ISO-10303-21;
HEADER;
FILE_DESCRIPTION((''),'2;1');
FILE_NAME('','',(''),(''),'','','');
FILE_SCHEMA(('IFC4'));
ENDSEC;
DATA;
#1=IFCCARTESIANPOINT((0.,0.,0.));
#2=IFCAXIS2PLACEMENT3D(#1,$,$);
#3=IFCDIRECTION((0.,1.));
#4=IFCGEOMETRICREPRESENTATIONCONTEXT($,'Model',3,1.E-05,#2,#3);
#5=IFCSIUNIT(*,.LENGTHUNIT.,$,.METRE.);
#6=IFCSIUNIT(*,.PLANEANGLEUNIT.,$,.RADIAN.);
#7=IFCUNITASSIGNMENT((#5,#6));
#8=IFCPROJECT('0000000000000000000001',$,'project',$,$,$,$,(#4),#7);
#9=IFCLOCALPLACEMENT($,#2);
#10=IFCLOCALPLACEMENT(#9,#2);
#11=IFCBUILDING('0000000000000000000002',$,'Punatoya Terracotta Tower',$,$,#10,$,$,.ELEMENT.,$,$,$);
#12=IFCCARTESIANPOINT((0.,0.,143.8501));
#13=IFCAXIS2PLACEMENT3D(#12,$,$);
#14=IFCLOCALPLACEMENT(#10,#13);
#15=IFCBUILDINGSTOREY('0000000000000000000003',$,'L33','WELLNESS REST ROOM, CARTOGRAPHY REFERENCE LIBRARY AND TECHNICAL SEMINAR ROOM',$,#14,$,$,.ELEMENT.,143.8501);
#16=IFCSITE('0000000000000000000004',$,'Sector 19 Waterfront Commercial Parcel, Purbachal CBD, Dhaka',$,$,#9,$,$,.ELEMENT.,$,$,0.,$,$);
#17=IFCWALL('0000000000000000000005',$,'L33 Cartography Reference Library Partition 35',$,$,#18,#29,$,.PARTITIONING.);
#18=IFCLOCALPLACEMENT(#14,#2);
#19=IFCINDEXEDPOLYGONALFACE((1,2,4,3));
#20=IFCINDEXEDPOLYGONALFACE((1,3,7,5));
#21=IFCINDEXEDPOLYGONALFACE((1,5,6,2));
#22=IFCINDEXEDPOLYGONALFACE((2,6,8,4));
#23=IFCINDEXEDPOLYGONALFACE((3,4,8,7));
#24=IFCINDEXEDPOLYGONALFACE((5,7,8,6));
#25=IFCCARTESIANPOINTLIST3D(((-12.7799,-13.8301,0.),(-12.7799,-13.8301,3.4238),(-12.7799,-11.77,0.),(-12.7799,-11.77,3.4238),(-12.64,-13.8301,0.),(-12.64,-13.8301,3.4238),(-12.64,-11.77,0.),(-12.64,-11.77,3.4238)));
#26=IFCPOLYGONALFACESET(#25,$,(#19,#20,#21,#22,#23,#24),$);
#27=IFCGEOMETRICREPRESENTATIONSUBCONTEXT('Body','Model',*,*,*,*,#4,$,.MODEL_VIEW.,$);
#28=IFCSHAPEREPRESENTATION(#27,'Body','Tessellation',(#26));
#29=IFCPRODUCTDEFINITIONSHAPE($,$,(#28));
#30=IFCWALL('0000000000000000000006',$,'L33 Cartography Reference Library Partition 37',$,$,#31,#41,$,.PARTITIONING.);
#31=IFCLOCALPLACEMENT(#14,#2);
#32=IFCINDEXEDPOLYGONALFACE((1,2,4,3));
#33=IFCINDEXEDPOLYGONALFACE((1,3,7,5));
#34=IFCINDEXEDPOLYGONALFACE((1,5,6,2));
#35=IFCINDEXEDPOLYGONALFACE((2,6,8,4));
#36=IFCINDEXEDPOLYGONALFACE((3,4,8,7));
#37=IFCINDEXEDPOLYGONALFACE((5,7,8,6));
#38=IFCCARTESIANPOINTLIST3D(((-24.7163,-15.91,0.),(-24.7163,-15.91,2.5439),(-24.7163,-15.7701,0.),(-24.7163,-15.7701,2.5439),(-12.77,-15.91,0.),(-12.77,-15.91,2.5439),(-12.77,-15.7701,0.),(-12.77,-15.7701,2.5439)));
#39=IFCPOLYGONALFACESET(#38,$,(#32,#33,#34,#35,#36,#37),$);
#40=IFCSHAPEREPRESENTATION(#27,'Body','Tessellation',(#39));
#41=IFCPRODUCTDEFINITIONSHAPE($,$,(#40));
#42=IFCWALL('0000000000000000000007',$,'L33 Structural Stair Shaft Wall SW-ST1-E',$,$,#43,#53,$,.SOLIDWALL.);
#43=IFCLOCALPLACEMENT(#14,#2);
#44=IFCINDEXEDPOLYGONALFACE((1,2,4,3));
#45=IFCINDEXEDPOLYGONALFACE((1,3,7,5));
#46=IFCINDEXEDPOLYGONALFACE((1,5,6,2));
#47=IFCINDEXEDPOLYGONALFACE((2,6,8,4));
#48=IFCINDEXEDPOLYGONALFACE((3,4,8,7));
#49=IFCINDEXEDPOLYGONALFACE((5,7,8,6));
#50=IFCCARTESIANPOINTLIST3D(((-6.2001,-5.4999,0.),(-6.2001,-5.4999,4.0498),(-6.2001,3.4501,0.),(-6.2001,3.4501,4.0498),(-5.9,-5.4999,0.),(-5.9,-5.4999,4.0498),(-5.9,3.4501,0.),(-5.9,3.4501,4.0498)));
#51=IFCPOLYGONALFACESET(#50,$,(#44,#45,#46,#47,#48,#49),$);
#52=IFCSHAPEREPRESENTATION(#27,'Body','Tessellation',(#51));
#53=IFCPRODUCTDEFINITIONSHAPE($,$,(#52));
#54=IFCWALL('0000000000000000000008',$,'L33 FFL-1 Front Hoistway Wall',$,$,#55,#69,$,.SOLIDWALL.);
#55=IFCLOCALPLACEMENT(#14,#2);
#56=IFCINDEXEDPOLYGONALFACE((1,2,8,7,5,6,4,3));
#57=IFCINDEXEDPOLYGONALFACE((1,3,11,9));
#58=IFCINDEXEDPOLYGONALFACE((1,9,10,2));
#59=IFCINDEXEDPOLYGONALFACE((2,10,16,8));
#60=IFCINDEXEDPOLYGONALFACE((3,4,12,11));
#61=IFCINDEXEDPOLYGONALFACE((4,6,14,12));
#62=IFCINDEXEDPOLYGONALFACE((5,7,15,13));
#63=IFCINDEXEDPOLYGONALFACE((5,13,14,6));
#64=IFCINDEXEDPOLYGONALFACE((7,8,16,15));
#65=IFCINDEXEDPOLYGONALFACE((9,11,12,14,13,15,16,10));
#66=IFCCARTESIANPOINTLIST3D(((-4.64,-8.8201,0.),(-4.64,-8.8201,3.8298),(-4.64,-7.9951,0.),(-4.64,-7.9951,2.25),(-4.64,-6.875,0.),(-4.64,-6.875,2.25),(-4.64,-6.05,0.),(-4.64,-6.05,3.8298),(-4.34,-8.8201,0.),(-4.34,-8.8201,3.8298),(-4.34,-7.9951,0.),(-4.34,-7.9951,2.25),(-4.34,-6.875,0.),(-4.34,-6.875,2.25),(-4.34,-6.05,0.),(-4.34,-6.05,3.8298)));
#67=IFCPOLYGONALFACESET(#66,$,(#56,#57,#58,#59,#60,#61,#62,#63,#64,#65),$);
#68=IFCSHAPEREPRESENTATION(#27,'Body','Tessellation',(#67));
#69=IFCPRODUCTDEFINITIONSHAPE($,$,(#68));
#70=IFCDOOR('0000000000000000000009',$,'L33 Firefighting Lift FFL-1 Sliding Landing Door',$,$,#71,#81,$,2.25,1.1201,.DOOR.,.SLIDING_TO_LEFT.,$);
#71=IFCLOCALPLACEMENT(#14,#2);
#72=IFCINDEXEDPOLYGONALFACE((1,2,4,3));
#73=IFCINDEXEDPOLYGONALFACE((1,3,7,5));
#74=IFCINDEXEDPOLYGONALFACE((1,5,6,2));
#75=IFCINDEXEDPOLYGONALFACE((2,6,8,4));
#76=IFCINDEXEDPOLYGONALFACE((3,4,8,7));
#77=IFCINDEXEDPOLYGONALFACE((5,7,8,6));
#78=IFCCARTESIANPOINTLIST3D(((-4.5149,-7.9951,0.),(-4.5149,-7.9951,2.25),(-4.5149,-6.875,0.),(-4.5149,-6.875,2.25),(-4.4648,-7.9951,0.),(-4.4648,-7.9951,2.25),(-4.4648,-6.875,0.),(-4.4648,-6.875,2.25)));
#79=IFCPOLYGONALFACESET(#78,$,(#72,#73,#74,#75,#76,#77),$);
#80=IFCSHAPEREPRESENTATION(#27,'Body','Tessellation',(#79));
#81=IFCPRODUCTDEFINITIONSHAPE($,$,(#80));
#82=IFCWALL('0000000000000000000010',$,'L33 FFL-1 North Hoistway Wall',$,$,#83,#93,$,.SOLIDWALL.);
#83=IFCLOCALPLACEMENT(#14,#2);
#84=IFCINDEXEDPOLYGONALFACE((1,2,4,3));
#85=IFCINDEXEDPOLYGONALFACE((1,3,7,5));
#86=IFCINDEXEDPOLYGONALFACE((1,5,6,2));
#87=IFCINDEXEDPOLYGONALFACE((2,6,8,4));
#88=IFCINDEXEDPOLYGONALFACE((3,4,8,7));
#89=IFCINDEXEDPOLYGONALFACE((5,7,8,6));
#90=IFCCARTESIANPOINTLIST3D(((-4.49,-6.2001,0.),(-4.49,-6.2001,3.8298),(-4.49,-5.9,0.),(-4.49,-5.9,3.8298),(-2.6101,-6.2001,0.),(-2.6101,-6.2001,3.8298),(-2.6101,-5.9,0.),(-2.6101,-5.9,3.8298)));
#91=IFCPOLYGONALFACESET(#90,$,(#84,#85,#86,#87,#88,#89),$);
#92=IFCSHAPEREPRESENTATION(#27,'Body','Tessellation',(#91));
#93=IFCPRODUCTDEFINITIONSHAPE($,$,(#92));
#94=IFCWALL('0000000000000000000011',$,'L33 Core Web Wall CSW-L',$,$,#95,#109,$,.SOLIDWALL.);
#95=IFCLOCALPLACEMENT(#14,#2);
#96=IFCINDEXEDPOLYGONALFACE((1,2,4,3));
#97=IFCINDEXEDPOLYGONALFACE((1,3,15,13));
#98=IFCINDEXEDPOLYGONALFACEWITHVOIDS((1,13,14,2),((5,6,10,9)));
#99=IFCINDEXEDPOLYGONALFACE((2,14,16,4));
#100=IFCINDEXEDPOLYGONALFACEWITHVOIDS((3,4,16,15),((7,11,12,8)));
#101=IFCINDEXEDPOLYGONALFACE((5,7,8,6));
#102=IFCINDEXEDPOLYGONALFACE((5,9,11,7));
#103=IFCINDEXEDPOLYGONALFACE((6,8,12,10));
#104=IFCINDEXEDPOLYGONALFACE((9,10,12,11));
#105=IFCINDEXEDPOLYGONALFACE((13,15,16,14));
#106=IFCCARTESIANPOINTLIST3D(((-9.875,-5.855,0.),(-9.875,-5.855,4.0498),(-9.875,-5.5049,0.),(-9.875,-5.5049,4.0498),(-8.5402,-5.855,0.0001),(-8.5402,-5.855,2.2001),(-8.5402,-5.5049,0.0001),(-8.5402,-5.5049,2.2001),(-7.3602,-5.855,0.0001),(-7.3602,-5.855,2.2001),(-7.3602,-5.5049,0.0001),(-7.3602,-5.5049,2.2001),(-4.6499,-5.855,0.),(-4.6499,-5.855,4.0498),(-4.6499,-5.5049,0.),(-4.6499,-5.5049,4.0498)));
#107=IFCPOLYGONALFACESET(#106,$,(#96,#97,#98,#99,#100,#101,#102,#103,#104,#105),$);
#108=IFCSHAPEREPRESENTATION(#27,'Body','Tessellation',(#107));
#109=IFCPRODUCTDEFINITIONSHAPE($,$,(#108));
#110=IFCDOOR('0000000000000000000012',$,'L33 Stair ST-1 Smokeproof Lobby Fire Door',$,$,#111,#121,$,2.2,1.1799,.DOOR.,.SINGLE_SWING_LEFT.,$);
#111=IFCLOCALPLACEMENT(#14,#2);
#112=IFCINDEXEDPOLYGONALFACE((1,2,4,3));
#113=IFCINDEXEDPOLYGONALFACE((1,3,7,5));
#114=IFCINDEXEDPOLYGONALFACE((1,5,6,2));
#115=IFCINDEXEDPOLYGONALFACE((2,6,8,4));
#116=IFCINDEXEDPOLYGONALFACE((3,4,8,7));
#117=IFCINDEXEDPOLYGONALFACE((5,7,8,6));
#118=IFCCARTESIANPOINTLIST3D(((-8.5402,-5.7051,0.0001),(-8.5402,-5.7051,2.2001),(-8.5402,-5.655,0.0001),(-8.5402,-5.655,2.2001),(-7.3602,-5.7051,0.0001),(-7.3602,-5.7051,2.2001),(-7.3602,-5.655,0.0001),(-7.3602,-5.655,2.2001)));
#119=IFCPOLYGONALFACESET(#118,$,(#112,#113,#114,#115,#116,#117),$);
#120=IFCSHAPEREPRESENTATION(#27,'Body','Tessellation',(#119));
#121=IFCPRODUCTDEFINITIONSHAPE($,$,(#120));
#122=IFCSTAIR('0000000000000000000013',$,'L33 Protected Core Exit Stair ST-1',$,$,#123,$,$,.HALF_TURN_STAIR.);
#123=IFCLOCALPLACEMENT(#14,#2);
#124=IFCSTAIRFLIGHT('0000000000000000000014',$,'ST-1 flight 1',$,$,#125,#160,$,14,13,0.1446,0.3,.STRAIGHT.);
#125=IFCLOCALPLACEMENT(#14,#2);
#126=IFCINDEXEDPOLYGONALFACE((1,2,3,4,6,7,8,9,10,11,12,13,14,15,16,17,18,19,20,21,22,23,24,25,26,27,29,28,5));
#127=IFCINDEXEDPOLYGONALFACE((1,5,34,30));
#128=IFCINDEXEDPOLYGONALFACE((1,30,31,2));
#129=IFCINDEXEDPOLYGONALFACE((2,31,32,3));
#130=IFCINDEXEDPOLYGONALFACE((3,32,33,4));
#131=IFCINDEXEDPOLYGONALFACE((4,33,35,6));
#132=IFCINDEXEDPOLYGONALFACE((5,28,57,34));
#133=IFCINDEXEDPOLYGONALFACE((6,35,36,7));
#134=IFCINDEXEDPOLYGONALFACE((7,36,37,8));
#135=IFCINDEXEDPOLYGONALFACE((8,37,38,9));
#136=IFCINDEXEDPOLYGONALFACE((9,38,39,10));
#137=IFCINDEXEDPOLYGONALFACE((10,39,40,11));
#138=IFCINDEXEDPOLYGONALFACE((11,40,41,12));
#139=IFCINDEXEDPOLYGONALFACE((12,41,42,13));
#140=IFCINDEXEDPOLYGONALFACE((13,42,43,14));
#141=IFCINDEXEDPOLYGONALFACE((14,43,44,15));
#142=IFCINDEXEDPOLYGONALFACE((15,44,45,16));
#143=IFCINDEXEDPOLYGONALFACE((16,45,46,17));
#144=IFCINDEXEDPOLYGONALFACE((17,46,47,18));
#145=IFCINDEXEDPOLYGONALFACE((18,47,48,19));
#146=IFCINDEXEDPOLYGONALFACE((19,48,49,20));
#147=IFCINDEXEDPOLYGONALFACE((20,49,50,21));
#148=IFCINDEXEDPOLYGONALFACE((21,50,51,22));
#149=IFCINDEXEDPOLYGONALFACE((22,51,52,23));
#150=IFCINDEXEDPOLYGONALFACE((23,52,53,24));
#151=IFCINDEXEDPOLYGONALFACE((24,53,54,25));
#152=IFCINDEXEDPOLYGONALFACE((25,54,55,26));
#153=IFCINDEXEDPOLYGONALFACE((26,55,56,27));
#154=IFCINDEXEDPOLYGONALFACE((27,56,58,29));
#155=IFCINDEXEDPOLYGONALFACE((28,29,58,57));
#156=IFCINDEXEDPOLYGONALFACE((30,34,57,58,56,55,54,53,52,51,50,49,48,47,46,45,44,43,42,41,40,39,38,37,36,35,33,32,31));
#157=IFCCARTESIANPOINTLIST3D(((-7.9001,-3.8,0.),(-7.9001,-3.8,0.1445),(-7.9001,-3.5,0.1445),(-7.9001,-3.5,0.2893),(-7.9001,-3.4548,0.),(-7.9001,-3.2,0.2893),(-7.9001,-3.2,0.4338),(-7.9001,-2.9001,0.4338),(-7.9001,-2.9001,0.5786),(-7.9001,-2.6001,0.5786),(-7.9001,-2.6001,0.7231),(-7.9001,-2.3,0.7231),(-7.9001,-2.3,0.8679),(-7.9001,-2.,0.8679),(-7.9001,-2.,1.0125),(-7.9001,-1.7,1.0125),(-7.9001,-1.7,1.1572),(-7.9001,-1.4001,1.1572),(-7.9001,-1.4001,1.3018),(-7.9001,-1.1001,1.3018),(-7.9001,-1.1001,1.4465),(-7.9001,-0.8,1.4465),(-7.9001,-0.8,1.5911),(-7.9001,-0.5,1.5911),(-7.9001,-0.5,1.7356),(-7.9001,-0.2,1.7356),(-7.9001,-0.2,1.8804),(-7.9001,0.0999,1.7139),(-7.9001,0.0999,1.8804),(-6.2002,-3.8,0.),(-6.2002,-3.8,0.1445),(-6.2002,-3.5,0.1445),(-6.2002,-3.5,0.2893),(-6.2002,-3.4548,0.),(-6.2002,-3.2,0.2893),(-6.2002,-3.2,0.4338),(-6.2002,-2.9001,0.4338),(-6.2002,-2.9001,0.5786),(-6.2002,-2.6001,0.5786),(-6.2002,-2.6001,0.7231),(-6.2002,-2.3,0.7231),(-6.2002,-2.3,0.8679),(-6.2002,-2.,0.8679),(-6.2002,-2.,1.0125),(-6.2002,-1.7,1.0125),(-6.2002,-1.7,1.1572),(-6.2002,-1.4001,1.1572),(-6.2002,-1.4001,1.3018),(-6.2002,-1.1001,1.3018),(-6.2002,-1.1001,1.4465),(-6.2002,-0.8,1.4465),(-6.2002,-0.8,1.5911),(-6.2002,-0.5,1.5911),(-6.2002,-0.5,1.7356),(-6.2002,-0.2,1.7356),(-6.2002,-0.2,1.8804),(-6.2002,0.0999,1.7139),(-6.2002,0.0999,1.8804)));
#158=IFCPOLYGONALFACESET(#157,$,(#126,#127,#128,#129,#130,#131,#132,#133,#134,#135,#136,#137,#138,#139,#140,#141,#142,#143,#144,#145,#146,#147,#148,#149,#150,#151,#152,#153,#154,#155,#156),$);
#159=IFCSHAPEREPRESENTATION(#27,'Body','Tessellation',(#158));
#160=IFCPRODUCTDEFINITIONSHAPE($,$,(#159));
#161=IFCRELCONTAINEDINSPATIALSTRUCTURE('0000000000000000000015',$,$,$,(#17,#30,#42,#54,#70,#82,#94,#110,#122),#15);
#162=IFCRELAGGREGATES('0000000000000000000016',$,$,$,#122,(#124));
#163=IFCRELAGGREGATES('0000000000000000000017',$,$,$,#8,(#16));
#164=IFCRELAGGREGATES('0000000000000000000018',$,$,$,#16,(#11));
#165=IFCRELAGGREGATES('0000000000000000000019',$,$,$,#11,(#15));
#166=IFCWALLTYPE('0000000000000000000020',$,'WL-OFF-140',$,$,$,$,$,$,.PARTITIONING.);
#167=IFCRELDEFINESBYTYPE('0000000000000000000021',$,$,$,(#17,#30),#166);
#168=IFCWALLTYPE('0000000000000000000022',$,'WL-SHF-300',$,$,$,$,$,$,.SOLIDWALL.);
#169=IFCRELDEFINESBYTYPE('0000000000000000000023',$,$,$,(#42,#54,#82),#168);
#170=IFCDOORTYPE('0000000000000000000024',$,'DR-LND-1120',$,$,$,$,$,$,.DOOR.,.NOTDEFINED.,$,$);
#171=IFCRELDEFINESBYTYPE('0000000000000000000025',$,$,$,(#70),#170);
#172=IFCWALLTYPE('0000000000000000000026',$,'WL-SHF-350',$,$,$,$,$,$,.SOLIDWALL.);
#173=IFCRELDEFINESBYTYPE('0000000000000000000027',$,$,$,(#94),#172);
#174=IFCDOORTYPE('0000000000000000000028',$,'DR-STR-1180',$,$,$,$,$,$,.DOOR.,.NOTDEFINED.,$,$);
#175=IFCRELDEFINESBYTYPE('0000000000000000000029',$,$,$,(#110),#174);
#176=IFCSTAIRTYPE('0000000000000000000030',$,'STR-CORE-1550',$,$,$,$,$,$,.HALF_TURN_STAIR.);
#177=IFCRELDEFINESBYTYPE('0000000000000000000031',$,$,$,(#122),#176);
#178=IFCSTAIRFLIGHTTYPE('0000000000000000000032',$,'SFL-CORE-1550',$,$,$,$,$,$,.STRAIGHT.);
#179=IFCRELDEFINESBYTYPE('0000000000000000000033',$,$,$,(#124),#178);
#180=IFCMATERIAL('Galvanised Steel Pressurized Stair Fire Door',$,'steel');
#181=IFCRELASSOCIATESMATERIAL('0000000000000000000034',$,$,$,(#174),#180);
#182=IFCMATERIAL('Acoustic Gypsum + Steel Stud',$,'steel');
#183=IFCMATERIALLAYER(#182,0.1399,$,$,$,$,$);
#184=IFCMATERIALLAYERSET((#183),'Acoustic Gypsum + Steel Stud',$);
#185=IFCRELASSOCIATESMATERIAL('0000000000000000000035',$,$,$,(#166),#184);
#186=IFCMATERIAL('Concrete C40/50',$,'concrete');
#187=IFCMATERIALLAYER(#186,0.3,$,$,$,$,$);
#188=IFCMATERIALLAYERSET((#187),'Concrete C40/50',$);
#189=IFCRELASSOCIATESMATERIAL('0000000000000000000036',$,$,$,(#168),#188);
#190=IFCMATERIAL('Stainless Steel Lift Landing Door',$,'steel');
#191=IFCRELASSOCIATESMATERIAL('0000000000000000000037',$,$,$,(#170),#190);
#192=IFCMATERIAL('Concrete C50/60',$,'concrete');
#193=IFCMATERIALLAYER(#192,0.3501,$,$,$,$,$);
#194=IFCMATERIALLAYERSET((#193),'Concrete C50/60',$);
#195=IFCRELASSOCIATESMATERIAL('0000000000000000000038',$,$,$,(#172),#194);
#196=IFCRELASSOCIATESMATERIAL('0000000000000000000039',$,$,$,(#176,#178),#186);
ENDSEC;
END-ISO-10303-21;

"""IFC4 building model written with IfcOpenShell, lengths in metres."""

from ifc_helpers import new_model, si_unit, direction, frame, frame_2d, origin, place, context, subcontext, project, spatial, polyline, rectangle, outline, extrude, material, layer, layer_set, type_object, element, fill, aggregate, save


model = new_model("IFC4")

# Units and contexts
model_context = context("Model", 3, precision=1e-05, world=origin(), true_north=direction((0.0, 1.0)))
body_context = subcontext(model_context, "Body", "Model", "MODEL_VIEW")
ifc_project = project(units=[si_unit("LENGTHUNIT", "METRE"), si_unit("PLANEANGLEUNIT", "RADIAN")], contexts=[model_context])

# Site, building, storey
site_placement = place(None, origin())
site = spatial("IfcSite", under=ifc_project, at=site_placement, Name="Sector 19 Waterfront Commercial Parcel, Purbachal CBD, Dhaka", CompositionType="ELEMENT", RefElevation=0.0)
building_placement = place(site_placement, origin())
building = spatial("IfcBuilding", under=site, at=building_placement, Name="Punatoya Terracotta Tower", CompositionType="ELEMENT")
storey_placement = place(building_placement, frame((0.0, 0.0, 143.8501)))
storey = spatial("IfcBuildingStorey", under=building, at=storey_placement, Name="L33", Description="WELLNESS REST ROOM, CARTOGRAPHY REFERENCE LIBRARY AND TECHNICAL SEMINAR ROOM", CompositionType="ELEMENT", Elevation=143.8501)

# Shared definitions
ifc_material_1 = material(Name="Galvanised Steel Pressurized Stair Fire Door", Category="steel")
door_type_1 = type_object("IfcDoorType", Name="DR-STR-1180", OperationType="NOTDEFINED", PredefinedType="DOOR", material=ifc_material_1)

# Walls
ifc_material_2 = material(Name="Concrete C40/50", Category="concrete")
ifc_material_3 = material(Name="Acoustic Gypsum + Steel Stud", Category="steel")
ifc_layer_1 = layer(ifc_material_3, 0.1399)
ifc_layer_set_1 = layer_set([ifc_layer_1], Name="Acoustic Gypsum + Steel Stud")
wall_type_1 = type_object("IfcWallType", Name="WL-OFF-140", PredefinedType="PARTITIONING", material=ifc_layer_set_1)
wall_1_placement = place(storey_placement, frame((-12.71, -11.77, 0.0), z_axis=(0.0, 0.0, 1.0), x_axis=(0.0, -1.0, 0.0)))
element("IfcWall", 1, at=wall_1_placement, inside=storey, type_object=wall_type_1, Name="L33 Cartography Reference Library Partition 35", PredefinedType="PARTITIONING", context=body_context, shape_type="SweptSolid", body=[
    extrude(rectangle(XDim=2.0601, YDim=0.1399, at=frame_2d((1.03, 0.0))), origin(), (0.0, 0.0, 1.0), 3.4238),
])
wall_2_placement = place(storey_placement, frame((-12.77, -15.8401, 0.0), z_axis=(0.0, 0.0, 1.0), x_axis=(-1.0, 0.0, 0.0)))
element("IfcWall", 2, at=wall_2_placement, inside=storey, type_object=wall_type_1, Name="L33 Cartography Reference Library Partition 37", PredefinedType="PARTITIONING", context=body_context, shape_type="SweptSolid", body=[
    extrude(rectangle(XDim=11.9463, YDim=0.1399, at=frame_2d((5.9731, 0.0))), origin(), (0.0, 0.0, 1.0), 2.5439),
])
ifc_layer_2 = layer(ifc_material_2, 0.3)
ifc_layer_set_2 = layer_set([ifc_layer_2], Name="Concrete C40/50")
wall_type_2 = type_object("IfcWallType", Name="WL-SHF-300", PredefinedType="SOLIDWALL", material=ifc_layer_set_2)
wall_3_placement = place(storey_placement, frame((-6.05, -5.5, 0.0), z_axis=(0.0, 0.0, 1.0), x_axis=(0.0, 1.0, 0.0)))
element("IfcWall", 3, at=wall_3_placement, inside=storey, type_object=wall_type_2, Name="L33 Structural Stair Shaft Wall SW-ST1-E", PredefinedType="SOLIDWALL", context=body_context, shape_type="SweptSolid", body=[
    extrude(rectangle(XDim=8.95, YDim=0.3, at=frame_2d((4.4751, 0.0))), origin(), (0.0, 0.0, 1.0), 4.0498),
])

# Wall, opening, door
wall_4_placement = place(storey_placement, frame((-4.49, -8.8201, 0.0), z_axis=(0.0, 0.0, 1.0), x_axis=(0.0, 1.0, 0.0)))
wall_4 = element("IfcWall", 4, at=wall_4_placement, inside=storey, type_object=wall_type_2, Name="L33 FFL-1 Front Hoistway Wall", PredefinedType="SOLIDWALL", context=body_context, shape_type="SweptSolid", body=[
    extrude(rectangle(XDim=2.77, YDim=0.3, at=frame_2d((1.385, 0.0))), origin(), (0.0, 0.0, 1.0), 3.8298),
])
opening_1_placement = place(wall_4_placement, frame((0.825, 0.0, 0.0)))
opening_1 = element("IfcOpeningElement", 5, at=opening_1_placement, cuts=wall_4, PredefinedType="OPENING", context=body_context, shape_type="SweptSolid", body=[
    extrude(rectangle(XDim=1.1201, YDim=2.25, at=frame_2d((0.5601, 1.125))), frame((0.0, 0.1599, 0.0), z_axis=(0.0, -1.0, 0.0), x_axis=(1.0, 0.0, 0.0)), (0.0, 0.0, 1.0), 0.3201),
])
ifc_material_4 = material(Name="Stainless Steel Lift Landing Door", Category="steel")
door_type_2 = type_object("IfcDoorType", Name="DR-LND-1120", OperationType="NOTDEFINED", PredefinedType="DOOR", material=ifc_material_4)
door_1_placement = place(opening_1_placement, origin())
door_1 = element("IfcDoor", 6, at=door_1_placement, inside=storey, type_object=door_type_2, Name="L33 Firefighting Lift FFL-1 Sliding Landing Door", OperationType="SLIDING_TO_LEFT", OverallHeight=2.25, OverallWidth=1.1201, PredefinedType="DOOR", context=body_context, shape_type="SweptSolid", body=[
    extrude(rectangle(XDim=1.1201, YDim=2.25, at=frame_2d((0.5601, 1.125))), frame((0.0, 0.0249, 0.0), z_axis=(0.0, -1.0, 0.0), x_axis=(1.0, 0.0, 0.0)), (0.0, 0.0, 1.0), 0.05),
])
fill(opening_1, door_1)

# Wall
wall_5_placement = place(storey_placement, frame((-4.49, -6.05, 0.0), z_axis=(0.0, 0.0, 1.0), x_axis=(1.0, 0.0, 0.0)))
element("IfcWall", 7, at=wall_5_placement, inside=storey, type_object=wall_type_2, Name="L33 FFL-1 North Hoistway Wall", PredefinedType="SOLIDWALL", context=body_context, shape_type="SweptSolid", body=[
    extrude(rectangle(XDim=1.8799, YDim=0.3, at=frame_2d((0.9399, 0.0))), origin(), (0.0, 0.0, 1.0), 3.8298),
])

# Wall, opening, door
ifc_material_5 = material(Name="Concrete C50/60", Category="concrete")
ifc_layer_3 = layer(ifc_material_5, 0.3501)
ifc_layer_set_3 = layer_set([ifc_layer_3], Name="Concrete C50/60")
wall_type_3 = type_object("IfcWallType", Name="WL-SHF-350", PredefinedType="SOLIDWALL", material=ifc_layer_set_3)
wall_6_placement = place(storey_placement, frame((-9.875, -5.6799, 0.0), z_axis=(0.0, 0.0, 1.0), x_axis=(1.0, 0.0, 0.0)))
wall_6 = element("IfcWall", 8, at=wall_6_placement, inside=storey, type_object=wall_type_3, Name="L33 Core Web Wall CSW-L", PredefinedType="SOLIDWALL", context=body_context, shape_type="SweptSolid", body=[
    extrude(rectangle(XDim=5.2251, YDim=0.3501, at=frame_2d((2.6125, 0.0))), origin(), (0.0, 0.0, 1.0), 4.0498),
])
opening_2_placement = place(wall_6_placement, frame((1.335, 0.0, 0.0)))
opening_2 = element("IfcOpeningElement", 9, at=opening_2_placement, cuts=wall_6, PredefinedType="OPENING", context=body_context, shape_type="SweptSolid", body=[
    extrude(rectangle(XDim=1.1799, YDim=2.2, at=frame_2d((0.5898, 1.1001))), frame((0.0, 0.1851, 0.0), z_axis=(0.0, -1.0, 0.0), x_axis=(1.0, 0.0, 0.0)), (0.0, 0.0, 1.0), 0.3701),
])
door_2_placement = place(opening_2_placement, origin())
door_2 = element("IfcDoor", 10, at=door_2_placement, inside=storey, type_object=door_type_1, Name="L33 Stair ST-1 Smokeproof Lobby Fire Door", OperationType="SINGLE_SWING_LEFT", OverallHeight=2.2, OverallWidth=1.1799, PredefinedType="DOOR", context=body_context, shape_type="SweptSolid", body=[
    extrude(rectangle(XDim=1.1799, YDim=2.2, at=frame_2d((0.5898, 1.1001))), frame((0.0, 0.0249, 0.0), z_axis=(0.0, -1.0, 0.0), x_axis=(1.0, 0.0, 0.0)), (0.0, 0.0, 1.0), 0.05),
])
fill(opening_2, door_2)

# Stair, stair flight
stair_type = type_object("IfcStairType", Name="STR-CORE-1550", PredefinedType="HALF_TURN_STAIR", material=ifc_material_2)
stair_placement = place(storey_placement, origin())
stair = element("IfcStair", 11, at=stair_placement, inside=storey, type_object=stair_type, Name="L33 Protected Core Exit Stair ST-1", PredefinedType="HALF_TURN_STAIR")
stair_flight_type = type_object("IfcStairFlightType", Name="SFL-CORE-1550", PredefinedType="STRAIGHT", material=ifc_material_2)
stair_flight_placement = place(storey_placement, frame((-7.05, -3.8, 0.0), z_axis=(0.0, 0.0, 1.0), x_axis=(0.0, 1.0, 0.0)))
stair_flight = element("IfcStairFlight", 12, at=stair_flight_placement, type_object=stair_flight_type, Name="ST-1 flight 1", NumberOfRisers=14, NumberOfTreads=13, PredefinedType="STRAIGHT", RiserHeight=0.1446, TreadLength=0.3, context=body_context, shape_type="SweptSolid", body=[
    extrude(outline(polyline([(0.0, 0.0), (0.0, 0.1445), (0.3, 0.1445), (0.3, 0.2893), (0.6001, 0.2893), (0.6001, 0.4338), (0.8999, 0.4338), (0.8999, 0.5786), (1.2, 0.5786), (1.2, 0.7231), (1.5, 0.7231), (1.5, 0.8679), (1.8, 0.8679), (1.8, 1.0125), (2.1001, 1.0125), (2.1001, 1.1572), (2.3999, 1.1572), (2.3999, 1.3018), (2.7, 1.3018), (2.7, 1.4465), (3.0, 1.4465), (3.0, 1.5911), (3.3, 1.5911), (3.3, 1.7356), (3.6001, 1.7356), (3.6001, 1.8804), (3.8999, 1.8804), (3.8999, 2.0249), (3.8999, 1.7139), (0.3452, 0.0), (0.0, 0.0)])), frame((0.0, 0.8501, 0.0), z_axis=(0.0, -1.0, 0.0), x_axis=(1.0, 0.0, 0.0)), (0.0, 0.0, 1.0), 1.7),
])
aggregate(stair, [stair_flight])

save(model, "model.ifc")
